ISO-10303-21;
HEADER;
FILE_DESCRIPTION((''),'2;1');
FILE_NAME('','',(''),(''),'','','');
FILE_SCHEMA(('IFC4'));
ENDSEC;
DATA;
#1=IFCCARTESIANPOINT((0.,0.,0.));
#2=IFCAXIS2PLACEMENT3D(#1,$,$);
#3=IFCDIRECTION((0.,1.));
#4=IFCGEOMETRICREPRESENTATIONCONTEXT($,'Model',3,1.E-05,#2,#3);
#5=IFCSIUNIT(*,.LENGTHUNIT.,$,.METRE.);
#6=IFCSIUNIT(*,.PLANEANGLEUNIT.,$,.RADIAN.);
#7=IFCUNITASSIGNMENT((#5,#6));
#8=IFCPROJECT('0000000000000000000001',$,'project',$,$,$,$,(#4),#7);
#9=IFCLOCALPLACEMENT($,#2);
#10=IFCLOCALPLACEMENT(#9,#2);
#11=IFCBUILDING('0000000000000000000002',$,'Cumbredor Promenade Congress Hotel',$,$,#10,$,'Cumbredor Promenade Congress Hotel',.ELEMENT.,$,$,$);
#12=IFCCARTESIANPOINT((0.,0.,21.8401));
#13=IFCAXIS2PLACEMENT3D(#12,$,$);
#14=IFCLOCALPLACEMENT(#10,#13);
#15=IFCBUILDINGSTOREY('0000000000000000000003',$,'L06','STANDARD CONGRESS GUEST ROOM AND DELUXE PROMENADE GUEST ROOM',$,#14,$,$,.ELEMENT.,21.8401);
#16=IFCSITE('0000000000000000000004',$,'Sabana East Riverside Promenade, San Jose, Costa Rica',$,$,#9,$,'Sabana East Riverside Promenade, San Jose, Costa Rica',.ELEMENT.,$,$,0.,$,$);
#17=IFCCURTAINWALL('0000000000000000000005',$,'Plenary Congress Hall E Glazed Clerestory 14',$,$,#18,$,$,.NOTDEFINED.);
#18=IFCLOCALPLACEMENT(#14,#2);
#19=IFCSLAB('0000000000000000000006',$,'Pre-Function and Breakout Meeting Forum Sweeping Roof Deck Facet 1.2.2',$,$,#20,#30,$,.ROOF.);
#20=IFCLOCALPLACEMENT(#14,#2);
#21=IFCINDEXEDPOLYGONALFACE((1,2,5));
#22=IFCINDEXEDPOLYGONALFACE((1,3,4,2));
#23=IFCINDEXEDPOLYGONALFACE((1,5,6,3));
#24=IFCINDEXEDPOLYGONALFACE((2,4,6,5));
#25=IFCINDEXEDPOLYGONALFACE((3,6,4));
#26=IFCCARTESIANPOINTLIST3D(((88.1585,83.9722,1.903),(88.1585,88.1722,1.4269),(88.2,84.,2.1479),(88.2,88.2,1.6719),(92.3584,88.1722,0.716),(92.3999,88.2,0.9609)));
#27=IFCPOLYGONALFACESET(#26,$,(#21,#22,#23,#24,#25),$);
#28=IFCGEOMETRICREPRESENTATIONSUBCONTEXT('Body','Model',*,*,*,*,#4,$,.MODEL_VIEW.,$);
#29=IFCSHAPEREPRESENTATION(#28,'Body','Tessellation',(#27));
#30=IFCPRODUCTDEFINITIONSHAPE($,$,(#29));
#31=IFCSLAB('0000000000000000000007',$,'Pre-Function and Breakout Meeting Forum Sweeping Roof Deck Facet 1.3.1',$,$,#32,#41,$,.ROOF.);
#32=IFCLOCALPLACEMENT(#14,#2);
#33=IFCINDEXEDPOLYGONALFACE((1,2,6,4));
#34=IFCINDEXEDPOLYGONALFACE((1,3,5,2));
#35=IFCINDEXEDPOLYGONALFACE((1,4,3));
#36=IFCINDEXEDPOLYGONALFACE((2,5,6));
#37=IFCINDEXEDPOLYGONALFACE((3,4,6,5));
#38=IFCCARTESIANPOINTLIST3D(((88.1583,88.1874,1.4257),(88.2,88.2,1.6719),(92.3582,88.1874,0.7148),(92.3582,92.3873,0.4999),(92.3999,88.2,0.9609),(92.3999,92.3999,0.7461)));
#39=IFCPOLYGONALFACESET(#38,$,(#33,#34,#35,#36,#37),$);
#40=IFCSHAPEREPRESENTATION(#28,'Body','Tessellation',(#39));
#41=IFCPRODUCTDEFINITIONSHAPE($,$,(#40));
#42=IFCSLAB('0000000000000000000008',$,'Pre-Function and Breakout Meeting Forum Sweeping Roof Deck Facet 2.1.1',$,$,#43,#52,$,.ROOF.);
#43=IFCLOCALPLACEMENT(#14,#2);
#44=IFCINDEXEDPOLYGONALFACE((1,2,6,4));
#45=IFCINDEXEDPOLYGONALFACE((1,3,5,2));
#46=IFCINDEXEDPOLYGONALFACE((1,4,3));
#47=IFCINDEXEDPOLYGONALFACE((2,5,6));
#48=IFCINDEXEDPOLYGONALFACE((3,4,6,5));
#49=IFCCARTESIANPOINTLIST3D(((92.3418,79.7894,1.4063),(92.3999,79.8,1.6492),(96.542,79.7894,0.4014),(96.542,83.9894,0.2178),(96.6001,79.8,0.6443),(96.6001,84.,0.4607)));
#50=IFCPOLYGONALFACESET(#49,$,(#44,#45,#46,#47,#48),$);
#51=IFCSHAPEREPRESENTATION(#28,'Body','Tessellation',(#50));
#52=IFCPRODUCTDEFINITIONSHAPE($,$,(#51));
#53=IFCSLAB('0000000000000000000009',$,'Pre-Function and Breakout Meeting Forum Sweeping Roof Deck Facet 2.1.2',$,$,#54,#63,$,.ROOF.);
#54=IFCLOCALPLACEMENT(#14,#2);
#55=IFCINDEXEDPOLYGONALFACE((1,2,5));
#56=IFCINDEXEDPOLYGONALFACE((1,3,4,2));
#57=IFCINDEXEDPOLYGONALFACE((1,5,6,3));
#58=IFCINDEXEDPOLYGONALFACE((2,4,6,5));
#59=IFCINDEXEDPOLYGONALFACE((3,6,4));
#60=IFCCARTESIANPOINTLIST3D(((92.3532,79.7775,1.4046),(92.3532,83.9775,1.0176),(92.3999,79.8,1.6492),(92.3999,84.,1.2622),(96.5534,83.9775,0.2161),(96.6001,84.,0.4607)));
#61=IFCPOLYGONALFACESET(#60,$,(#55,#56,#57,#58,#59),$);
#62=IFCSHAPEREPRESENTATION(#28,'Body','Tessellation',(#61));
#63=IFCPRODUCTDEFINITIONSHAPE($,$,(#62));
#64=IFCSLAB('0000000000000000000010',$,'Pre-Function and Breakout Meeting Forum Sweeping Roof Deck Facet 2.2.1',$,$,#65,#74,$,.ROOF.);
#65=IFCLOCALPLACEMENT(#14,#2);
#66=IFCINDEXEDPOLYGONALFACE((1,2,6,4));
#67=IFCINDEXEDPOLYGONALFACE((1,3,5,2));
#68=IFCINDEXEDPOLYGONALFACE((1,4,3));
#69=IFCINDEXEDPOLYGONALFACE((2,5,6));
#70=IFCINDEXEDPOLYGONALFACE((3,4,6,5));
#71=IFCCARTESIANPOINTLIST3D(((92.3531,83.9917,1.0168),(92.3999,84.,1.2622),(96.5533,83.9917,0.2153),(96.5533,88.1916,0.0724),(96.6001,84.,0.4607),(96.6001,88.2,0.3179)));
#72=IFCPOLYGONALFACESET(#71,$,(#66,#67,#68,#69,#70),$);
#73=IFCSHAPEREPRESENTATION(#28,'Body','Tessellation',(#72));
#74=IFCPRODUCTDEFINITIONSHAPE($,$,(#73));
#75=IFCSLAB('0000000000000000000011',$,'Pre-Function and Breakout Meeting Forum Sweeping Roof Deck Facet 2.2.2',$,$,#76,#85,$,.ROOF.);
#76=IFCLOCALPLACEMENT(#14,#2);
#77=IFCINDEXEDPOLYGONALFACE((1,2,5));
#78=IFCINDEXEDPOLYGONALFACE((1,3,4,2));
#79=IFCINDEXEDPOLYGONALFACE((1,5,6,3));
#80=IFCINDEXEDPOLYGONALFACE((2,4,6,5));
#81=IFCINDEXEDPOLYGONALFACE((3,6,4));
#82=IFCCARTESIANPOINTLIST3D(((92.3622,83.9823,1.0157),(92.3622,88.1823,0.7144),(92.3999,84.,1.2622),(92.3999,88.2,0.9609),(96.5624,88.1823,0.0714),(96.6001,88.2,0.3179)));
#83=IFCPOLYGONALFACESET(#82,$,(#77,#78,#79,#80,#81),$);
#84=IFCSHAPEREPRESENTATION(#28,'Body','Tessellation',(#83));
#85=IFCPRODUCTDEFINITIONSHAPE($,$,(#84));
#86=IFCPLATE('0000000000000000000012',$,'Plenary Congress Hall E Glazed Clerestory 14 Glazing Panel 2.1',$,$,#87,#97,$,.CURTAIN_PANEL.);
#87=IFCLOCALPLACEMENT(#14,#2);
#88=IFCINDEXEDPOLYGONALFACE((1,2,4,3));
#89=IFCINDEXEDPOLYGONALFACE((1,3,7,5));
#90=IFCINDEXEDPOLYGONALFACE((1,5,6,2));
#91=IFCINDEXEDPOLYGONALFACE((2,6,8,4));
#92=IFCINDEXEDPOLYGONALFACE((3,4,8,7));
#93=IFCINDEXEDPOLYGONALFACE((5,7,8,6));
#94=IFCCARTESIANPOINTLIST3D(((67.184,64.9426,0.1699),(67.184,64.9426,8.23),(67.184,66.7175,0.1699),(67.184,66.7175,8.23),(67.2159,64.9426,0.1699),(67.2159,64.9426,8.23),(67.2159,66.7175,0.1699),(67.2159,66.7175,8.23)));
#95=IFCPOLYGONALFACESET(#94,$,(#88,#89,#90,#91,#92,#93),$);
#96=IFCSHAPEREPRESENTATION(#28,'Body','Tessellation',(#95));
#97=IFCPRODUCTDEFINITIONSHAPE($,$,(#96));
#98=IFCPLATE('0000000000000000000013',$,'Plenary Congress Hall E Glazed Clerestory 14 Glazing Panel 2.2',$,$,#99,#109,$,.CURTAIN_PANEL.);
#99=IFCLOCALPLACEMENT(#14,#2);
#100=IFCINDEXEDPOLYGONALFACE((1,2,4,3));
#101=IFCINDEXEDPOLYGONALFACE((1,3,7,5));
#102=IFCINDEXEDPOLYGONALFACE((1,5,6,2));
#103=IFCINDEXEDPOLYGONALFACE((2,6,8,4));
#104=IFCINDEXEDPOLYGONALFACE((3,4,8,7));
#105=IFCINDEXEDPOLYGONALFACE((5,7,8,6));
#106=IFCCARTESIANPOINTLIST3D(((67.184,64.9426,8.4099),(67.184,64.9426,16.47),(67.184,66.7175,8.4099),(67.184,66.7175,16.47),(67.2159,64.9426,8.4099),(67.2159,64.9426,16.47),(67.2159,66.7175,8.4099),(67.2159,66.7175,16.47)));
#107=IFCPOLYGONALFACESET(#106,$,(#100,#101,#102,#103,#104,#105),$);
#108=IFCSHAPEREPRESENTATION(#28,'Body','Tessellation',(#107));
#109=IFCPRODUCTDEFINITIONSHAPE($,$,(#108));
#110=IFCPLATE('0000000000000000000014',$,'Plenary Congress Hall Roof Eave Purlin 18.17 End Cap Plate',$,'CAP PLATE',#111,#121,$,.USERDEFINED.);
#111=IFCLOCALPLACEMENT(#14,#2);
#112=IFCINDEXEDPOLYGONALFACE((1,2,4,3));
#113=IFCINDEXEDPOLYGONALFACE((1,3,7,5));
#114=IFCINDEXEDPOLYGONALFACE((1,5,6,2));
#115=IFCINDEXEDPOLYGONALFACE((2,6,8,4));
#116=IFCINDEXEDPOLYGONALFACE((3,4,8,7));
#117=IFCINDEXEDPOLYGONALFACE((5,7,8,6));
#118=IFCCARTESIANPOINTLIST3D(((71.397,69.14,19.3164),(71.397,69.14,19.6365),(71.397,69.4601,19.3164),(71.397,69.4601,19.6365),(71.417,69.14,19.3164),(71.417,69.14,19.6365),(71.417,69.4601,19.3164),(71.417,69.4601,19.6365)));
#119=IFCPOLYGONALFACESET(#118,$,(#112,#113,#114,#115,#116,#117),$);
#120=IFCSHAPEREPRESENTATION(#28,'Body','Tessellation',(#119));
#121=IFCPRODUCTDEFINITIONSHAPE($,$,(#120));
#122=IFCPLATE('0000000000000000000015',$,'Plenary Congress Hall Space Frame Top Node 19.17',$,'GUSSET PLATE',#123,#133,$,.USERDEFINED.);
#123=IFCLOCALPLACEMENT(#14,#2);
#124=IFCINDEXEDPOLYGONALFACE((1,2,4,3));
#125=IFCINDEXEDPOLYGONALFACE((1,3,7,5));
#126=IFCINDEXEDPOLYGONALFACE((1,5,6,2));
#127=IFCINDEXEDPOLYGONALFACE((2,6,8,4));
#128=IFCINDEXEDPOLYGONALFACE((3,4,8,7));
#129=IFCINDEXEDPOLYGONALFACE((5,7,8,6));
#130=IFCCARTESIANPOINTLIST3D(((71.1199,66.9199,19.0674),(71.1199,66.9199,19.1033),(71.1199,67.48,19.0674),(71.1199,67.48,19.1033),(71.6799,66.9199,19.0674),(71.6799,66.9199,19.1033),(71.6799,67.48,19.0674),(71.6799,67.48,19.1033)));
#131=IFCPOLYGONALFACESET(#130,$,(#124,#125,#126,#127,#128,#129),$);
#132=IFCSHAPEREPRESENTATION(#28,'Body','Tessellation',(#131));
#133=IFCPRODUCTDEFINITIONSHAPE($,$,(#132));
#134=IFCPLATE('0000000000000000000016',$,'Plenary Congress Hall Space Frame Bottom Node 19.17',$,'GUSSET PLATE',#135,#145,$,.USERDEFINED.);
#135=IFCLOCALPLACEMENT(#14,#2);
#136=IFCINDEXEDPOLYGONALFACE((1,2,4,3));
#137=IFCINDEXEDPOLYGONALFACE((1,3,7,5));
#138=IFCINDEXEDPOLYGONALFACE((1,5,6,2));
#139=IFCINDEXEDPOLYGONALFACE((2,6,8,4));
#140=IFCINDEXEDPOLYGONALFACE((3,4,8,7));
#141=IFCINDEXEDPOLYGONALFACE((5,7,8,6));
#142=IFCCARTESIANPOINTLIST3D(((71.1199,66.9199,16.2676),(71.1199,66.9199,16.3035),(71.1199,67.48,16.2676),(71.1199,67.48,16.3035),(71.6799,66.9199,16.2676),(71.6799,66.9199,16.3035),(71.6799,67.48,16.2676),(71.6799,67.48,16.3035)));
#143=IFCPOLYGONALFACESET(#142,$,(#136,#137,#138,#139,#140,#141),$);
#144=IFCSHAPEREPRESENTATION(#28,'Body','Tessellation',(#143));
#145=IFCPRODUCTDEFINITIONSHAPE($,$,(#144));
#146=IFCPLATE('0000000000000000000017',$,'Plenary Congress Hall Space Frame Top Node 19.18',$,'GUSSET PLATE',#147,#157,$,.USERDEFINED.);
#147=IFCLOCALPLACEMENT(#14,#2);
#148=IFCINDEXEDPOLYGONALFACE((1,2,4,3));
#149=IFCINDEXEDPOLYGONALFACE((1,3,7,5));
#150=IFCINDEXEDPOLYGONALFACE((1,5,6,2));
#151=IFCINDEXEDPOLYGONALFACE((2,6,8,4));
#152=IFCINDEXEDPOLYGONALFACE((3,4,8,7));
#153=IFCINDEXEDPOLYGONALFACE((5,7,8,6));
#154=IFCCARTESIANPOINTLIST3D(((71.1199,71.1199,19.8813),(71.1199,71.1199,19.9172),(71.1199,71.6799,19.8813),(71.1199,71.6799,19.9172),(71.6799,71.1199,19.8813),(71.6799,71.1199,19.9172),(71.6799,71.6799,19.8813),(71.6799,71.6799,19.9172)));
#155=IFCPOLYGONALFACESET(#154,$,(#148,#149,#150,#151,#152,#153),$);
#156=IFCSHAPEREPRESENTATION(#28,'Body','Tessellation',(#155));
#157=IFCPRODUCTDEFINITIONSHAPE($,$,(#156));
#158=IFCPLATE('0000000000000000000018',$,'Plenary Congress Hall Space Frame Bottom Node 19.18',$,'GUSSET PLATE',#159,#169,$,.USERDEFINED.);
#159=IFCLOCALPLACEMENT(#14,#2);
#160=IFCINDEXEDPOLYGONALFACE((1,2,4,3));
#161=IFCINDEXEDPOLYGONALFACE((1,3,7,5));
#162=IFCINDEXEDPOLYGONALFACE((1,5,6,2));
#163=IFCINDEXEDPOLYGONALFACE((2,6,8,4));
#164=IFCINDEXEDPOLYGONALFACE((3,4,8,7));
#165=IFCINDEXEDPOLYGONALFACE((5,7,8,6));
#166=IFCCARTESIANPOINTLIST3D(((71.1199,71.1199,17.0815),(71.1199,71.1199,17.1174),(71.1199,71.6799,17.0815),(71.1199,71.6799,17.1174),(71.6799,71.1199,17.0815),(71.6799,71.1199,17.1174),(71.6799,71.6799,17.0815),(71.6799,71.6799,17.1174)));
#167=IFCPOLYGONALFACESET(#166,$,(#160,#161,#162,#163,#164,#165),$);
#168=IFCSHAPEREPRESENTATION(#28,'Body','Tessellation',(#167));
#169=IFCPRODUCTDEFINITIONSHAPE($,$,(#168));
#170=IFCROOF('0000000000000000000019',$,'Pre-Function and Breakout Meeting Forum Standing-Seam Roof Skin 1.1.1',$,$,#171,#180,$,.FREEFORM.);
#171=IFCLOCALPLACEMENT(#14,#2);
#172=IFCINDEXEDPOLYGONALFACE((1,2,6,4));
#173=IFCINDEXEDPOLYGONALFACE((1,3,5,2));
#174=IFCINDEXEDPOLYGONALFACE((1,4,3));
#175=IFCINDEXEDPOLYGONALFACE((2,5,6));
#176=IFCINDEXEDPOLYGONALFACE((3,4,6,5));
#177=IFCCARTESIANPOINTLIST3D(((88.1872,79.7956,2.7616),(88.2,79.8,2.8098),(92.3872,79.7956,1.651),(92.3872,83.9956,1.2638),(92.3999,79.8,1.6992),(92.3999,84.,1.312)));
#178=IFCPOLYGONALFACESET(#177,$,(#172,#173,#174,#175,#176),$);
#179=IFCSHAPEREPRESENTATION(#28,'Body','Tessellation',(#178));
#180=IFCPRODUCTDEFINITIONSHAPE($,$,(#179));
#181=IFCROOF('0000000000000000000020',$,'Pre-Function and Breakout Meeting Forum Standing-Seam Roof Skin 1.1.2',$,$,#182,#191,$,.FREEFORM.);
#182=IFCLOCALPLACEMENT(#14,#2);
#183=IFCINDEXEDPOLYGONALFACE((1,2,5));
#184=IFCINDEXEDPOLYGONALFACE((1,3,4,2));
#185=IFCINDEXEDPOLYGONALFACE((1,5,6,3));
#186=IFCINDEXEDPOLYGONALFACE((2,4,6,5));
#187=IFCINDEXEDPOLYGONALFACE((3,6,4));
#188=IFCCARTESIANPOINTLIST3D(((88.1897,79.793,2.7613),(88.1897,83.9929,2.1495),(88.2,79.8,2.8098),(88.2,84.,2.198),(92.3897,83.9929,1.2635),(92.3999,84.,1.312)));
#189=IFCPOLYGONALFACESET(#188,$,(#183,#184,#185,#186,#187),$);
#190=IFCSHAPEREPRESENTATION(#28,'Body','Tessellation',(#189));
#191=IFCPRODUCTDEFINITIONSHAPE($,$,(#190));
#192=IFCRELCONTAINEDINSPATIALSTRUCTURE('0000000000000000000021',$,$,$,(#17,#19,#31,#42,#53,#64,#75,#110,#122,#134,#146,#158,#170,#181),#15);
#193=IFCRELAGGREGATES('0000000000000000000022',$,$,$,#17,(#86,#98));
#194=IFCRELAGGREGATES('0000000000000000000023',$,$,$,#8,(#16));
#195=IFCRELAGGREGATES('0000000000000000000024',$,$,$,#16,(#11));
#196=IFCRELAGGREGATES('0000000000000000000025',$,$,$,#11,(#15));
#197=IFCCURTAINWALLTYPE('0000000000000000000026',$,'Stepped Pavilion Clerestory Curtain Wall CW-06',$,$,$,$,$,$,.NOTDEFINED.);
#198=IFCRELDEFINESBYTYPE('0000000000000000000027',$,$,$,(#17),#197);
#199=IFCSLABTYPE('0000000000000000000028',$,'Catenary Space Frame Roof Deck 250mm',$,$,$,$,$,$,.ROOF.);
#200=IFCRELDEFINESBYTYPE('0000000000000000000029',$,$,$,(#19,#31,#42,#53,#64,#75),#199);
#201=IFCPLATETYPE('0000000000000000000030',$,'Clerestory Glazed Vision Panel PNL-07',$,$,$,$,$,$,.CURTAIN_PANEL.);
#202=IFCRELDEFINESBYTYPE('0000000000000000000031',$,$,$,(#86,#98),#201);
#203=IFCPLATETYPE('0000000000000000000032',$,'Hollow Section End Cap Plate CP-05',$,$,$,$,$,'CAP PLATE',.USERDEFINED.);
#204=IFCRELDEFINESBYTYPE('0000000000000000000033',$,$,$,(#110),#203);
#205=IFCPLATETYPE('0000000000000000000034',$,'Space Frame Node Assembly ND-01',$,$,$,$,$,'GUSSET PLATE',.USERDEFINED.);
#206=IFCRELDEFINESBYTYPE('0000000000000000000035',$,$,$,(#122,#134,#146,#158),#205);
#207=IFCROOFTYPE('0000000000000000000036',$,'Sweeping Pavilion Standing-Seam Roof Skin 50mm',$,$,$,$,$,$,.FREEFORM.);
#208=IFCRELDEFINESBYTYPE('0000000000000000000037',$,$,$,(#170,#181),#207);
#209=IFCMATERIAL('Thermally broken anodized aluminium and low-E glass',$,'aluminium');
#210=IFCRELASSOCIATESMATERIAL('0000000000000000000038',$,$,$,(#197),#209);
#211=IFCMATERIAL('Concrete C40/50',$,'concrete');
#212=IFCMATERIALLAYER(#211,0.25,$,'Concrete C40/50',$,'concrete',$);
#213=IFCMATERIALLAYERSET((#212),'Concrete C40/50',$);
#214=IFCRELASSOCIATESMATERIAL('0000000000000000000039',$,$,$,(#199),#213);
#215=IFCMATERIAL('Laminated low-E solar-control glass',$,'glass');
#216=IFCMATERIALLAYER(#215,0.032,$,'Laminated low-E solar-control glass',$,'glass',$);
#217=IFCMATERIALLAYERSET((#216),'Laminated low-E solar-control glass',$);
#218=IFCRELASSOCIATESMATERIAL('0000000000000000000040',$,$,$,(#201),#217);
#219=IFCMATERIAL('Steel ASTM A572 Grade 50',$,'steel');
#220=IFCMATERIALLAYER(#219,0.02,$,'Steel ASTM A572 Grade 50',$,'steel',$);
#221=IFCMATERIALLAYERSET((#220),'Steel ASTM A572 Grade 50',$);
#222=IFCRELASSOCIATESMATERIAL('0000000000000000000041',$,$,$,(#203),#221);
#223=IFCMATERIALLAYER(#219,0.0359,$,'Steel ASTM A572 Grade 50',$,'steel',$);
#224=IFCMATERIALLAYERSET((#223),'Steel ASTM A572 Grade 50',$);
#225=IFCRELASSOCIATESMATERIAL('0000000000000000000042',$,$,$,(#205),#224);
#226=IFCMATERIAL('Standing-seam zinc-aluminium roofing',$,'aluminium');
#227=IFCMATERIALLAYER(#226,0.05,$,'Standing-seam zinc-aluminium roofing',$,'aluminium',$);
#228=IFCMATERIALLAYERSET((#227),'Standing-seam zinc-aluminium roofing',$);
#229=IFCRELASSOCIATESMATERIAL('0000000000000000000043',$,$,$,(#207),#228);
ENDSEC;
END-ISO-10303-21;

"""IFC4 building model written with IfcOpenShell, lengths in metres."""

from ifc_helpers import new_model, si_unit, direction, frame, origin, origin_2d, place, context, subcontext, project, spatial, polyline, rectangle, outline, extrude, material, layer, layer_set, type_object, element, aggregate, save


model = new_model("IFC4")

# Units and contexts
model_context = context("Model", 3, precision=1e-05, world=origin(), true_north=direction((0.0, 1.0)))
body_context = subcontext(model_context, "Body", "Model", "MODEL_VIEW")
ifc_project = project(units=[si_unit("LENGTHUNIT", "METRE"), si_unit("PLANEANGLEUNIT", "RADIAN")], contexts=[model_context])

# Site, building, storey
site_placement = place(None, origin())
site = spatial("IfcSite", under=ifc_project, at=site_placement, Name="Sabana East Riverside Promenade, San Jose, Costa Rica", LongName="Sabana East Riverside Promenade, San Jose, Costa Rica", CompositionType="ELEMENT", RefElevation=0.0)
building_placement = place(site_placement, origin())
building = spatial("IfcBuilding", under=site, at=building_placement, Name="Cumbredor Promenade Congress Hotel", LongName="Cumbredor Promenade Congress Hotel", CompositionType="ELEMENT")
storey_placement = place(building_placement, frame((0.0, 0.0, 21.8401)))
storey = spatial("IfcBuildingStorey", under=building, at=storey_placement, Name="L06", Description="STANDARD CONGRESS GUEST ROOM AND DELUXE PROMENADE GUEST ROOM", CompositionType="ELEMENT", Elevation=21.8401)

# Curtain wall
ifc_material_1 = material(Name="Thermally broken anodized aluminium and low-E glass", Category="aluminium")
curtain_wall_type = type_object("IfcCurtainWallType", Name="Stepped Pavilion Clerestory Curtain Wall CW-06", PredefinedType="NOTDEFINED", material=ifc_material_1)
curtain_wall_placement = place(storey_placement, origin())
curtain_wall = element("IfcCurtainWall", 1, at=curtain_wall_placement, inside=storey, type_object=curtain_wall_type, Name="Plenary Congress Hall E Glazed Clerestory 14", PredefinedType="NOTDEFINED")

# Slabs
ifc_material_2 = material(Name="Concrete C40/50", Category="concrete")
ifc_layer_1 = layer(ifc_material_2, 0.25, Name="Concrete C40/50", Category="concrete")
ifc_layer_set_1 = layer_set([ifc_layer_1], Name="Concrete C40/50")
slab_type = type_object("IfcSlabType", Name="Catenary Space Frame Roof Deck 250mm", PredefinedType="ROOF", material=ifc_layer_set_1)
slab_1_placement = place(storey_placement, frame((88.2, 84.0, 2.1479), z_axis=(0.165866, 0.111071, 0.979873), x_axis=(0.693396, 0.693396, -0.195971)))
element("IfcSlab", 2, at=slab_1_placement, inside=storey, type_object=slab_type, Name="Pre-Function and Breakout Meeting Forum Sweeping Roof Deck Facet 1.2.2", PredefinedType="ROOF", context=body_context, shape_type="SweptSolid", body=[
    extrude(outline(polyline([(0.0, 0.0), (6.0571, 0.0), (3.0055, 2.972), (0.0, 0.0)])), origin(), (0.0, 0.0, -1.0), 0.25),
])
slab_2_placement = place(storey_placement, frame((88.2, 88.2, 1.6719), z_axis=(0.166687, 0.050372, 0.984722), x_axis=(0.985974, 0.0, -0.166899)))
element("IfcSlab", 3, at=slab_2_placement, inside=storey, type_object=slab_type, Name="Pre-Function and Breakout Meeting Forum Sweeping Roof Deck Facet 1.3.1", PredefinedType="ROOF", context=body_context, shape_type="SweptSolid", body=[
    extrude(outline(polyline([(0.0, 0.0), (4.2597, 0.0), (4.2956, 4.2053), (0.0, 0.0)])), origin(), (0.0, 0.0, -1.0), 0.25),
])
slab_3_placement = place(storey_placement, frame((92.3999, 79.8, 1.6492), z_axis=(0.23247, 0.042475, 0.971676), x_axis=(0.972553, 0.0, -0.23268)))
element("IfcSlab", 4, at=slab_3_placement, inside=storey, type_object=slab_type, Name="Pre-Function and Breakout Meeting Forum Sweeping Roof Deck Facet 2.1.1", PredefinedType="ROOF", context=body_context, shape_type="SweptSolid", body=[
    extrude(outline(polyline([(0.0, 0.0), (4.3187, 0.0), (4.3614, 4.2037), (0.0, 0.0)])), origin(), (0.0, 0.0, -1.0), 0.25),
])
slab_4_placement = place(storey_placement, frame((92.3999, 79.8, 1.6492), z_axis=(0.186682, 0.090134, 0.978277), x_axis=(0.693384, 0.693343, -0.196198)))
element("IfcSlab", 5, at=slab_4_placement, inside=storey, type_object=slab_type, Name="Pre-Function and Breakout Meeting Forum Sweeping Roof Deck Facet 2.1.2", PredefinedType="ROOF", context=body_context, shape_type="SweptSolid", body=[
    extrude(outline(polyline([(0.0, 0.0), (6.0575, 0.0), (2.9879, 2.9768), (0.0, 0.0)])), origin(), (0.0, 0.0, -1.0), 0.25),
])
slab_5_placement = place(storey_placement, frame((92.3999, 84.0, 1.2622), z_axis=(0.187341, 0.033384, 0.981728), x_axis=(0.982275, 0.0, -0.187445)))
element("IfcSlab", 6, at=slab_5_placement, inside=storey, type_object=slab_type, Name="Pre-Function and Breakout Meeting Forum Sweeping Roof Deck Facet 2.2.1", PredefinedType="ROOF", context=body_context, shape_type="SweptSolid", body=[
    extrude(outline(polyline([(0.0, 0.0), (4.276, 0.0), (4.3028, 4.2023), (0.0, 0.0)])), origin(), (0.0, 0.0, -1.0), 0.25),
])
slab_6_placement = place(storey_placement, frame((92.3999, 84.0, 1.2622), z_axis=(0.150961, 0.070728, 0.986006), x_axis=(0.698357, 0.698316, -0.157013)))
element("IfcSlab", 7, at=slab_6_placement, inside=storey, type_object=slab_type, Name="Pre-Function and Breakout Meeting Forum Sweeping Roof Deck Facet 2.2.2", PredefinedType="ROOF", context=body_context, shape_type="SweptSolid", body=[
    extrude(outline(polyline([(0.0, 0.0), (6.0144, 0.0), (2.9802, 2.9747), (0.0, 0.0)])), origin(), (0.0, 0.0, -1.0), 0.25),
])

# Plates
ifc_material_3 = material(Name="Laminated low-E solar-control glass", Category="glass")
ifc_layer_2 = layer(ifc_material_3, 0.032, Name="Laminated low-E solar-control glass", Category="glass")
ifc_layer_set_2 = layer_set([ifc_layer_2], Name="Laminated low-E solar-control glass")
plate_type_1 = type_object("IfcPlateType", Name="Clerestory Glazed Vision Panel PNL-07", PredefinedType="CURTAIN_PANEL", material=ifc_layer_set_2)
plate_1_placement = place(storey_placement, frame((67.2, 65.8301, 0.1699), z_axis=(0.0, 0.0, 1.0), x_axis=(0.0, 1.0, 0.0)))
plate_1 = element("IfcPlate", 8, at=plate_1_placement, type_object=plate_type_1, Name="Plenary Congress Hall E Glazed Clerestory 14 Glazing Panel 2.1", PredefinedType="CURTAIN_PANEL", context=body_context, shape_type="SweptSolid", body=[
    extrude(rectangle(XDim=1.7749, YDim=0.032, at=origin_2d()), origin(), (0.0, 0.0, 1.0), 8.0601),
])
plate_2_placement = place(storey_placement, frame((67.2, 65.8301, 8.4099), z_axis=(0.0, 0.0, 1.0), x_axis=(0.0, 1.0, 0.0)))
plate_2 = element("IfcPlate", 9, at=plate_2_placement, type_object=plate_type_1, Name="Plenary Congress Hall E Glazed Clerestory 14 Glazing Panel 2.2", PredefinedType="CURTAIN_PANEL", context=body_context, shape_type="SweptSolid", body=[
    extrude(rectangle(XDim=1.7749, YDim=0.032, at=origin_2d()), origin(), (0.0, 0.0, 1.0), 8.0601),
])
aggregate(curtain_wall, [plate_1, plate_2])

# Plates
ifc_material_4 = material(Name="Steel ASTM A572 Grade 50", Category="steel")
ifc_layer_3 = layer(ifc_material_4, 0.02, Name="Steel ASTM A572 Grade 50", Category="steel")
ifc_layer_set_3 = layer_set([ifc_layer_3], Name="Steel ASTM A572 Grade 50")
plate_type_2 = type_object("IfcPlateType", Name="Hollow Section End Cap Plate CP-05", ElementType="CAP PLATE", PredefinedType="USERDEFINED", material=ifc_layer_set_3)
plate_3_placement = place(storey_placement, frame((71.407, 69.3, 19.3164), z_axis=(0.0, 0.0, 1.0), x_axis=(1.0, 0.0, 0.0)))
element("IfcPlate", 10, at=plate_3_placement, inside=storey, type_object=plate_type_2, Name="Plenary Congress Hall Roof Eave Purlin 18.17 End Cap Plate", ObjectType="CAP PLATE", PredefinedType="USERDEFINED", context=body_context, shape_type="SweptSolid", body=[
    extrude(rectangle(XDim=0.02, YDim=0.3201, at=origin_2d()), origin(), (0.0, 0.0, 1.0), 0.3201),
])
ifc_layer_4 = layer(ifc_material_4, 0.0359, Name="Steel ASTM A572 Grade 50", Category="steel")
ifc_layer_set_4 = layer_set([ifc_layer_4], Name="Steel ASTM A572 Grade 50")
plate_type_3 = type_object("IfcPlateType", Name="Space Frame Node Assembly ND-01", ElementType="GUSSET PLATE", PredefinedType="USERDEFINED", material=ifc_layer_set_4)
for number, where, z_axis, x_axis, name in (
    (11, (71.3999, 67.2, 19.0674), (0.0, 0.0, 1.0), (1.0, 0.0, 0.0), "Plenary Congress Hall Space Frame Top Node 19.17"),
    (12, (71.3999, 67.2, 16.2676), (0.0, 0.0, 1.0), (1.0, 0.0, 0.0), "Plenary Congress Hall Space Frame Bottom Node 19.17"),
    (13, (71.3999, 71.3999, 19.8813), (0.0, 0.0, 1.0), (1.0, 0.0, 0.0), "Plenary Congress Hall Space Frame Top Node 19.18"),
    (14, (71.3999, 71.3999, 17.0815), (0.0, 0.0, 1.0), (1.0, 0.0, 0.0), "Plenary Congress Hall Space Frame Bottom Node 19.18"),
):
    element("IfcPlate", number, at=place(storey_placement, frame(where, z_axis=z_axis, x_axis=x_axis)), inside=storey, type_object=plate_type_3, Name=name, ObjectType="GUSSET PLATE", PredefinedType="USERDEFINED", context=body_context, shape_type="SweptSolid", body=[
        extrude(rectangle(XDim=0.5601, YDim=0.5601, at=origin_2d()), origin(), (0.0, 0.0, 1.0), 0.0359),
    ])

# Roofs
ifc_material_5 = material(Name="Standing-seam zinc-aluminium roofing", Category="aluminium")
ifc_layer_5 = layer(ifc_material_5, 0.05, Name="Standing-seam zinc-aluminium roofing", Category="aluminium")
ifc_layer_set_5 = layer_set([ifc_layer_5], Name="Standing-seam zinc-aluminium roofing")
roof_type = type_object("IfcRoofType", Name="Sweeping Pavilion Standing-Seam Roof Skin 50mm", PredefinedType="FREEFORM", material=ifc_layer_set_5)
roof_1_placement = place(storey_placement, frame((88.2, 79.8, 2.8098), z_axis=(0.254634, 0.088778, 0.962954), x_axis=(0.966771, 0.0, -0.255644)))
element("IfcRoof", 15, at=roof_1_placement, inside=storey, type_object=roof_type, Name="Pre-Function and Breakout Meeting Forum Standing-Seam Roof Skin 1.1.1", PredefinedType="FREEFORM", context=body_context, shape_type="SweptSolid", body=[
    extrude(outline(polyline([(0.0, 0.0), (4.3443, 0.0), (4.4433, 4.2166), (0.0, 0.0)])), origin(), (0.0, 0.0, -1.0), 0.05),
])
roof_2_placement = place(storey_placement, frame((88.2, 79.8, 2.8098), z_axis=(0.204344, 0.141109, 0.968675), x_axis=(0.685643, 0.685643, -0.244517)))
element("IfcRoof", 16, at=roof_2_placement, inside=storey, type_object=roof_type, Name="Pre-Function and Breakout Meeting Forum Standing-Seam Roof Skin 1.1.2", PredefinedType="FREEFORM", context=body_context, shape_type="SweptSolid", body=[
    extrude(outline(polyline([(0.0, 0.0), (6.1256, 0.0), (3.0293, 2.9728), (0.0, 0.0)])), origin(), (0.0, 0.0, -1.0), 0.05),
])

save(model, "model.ifc")
